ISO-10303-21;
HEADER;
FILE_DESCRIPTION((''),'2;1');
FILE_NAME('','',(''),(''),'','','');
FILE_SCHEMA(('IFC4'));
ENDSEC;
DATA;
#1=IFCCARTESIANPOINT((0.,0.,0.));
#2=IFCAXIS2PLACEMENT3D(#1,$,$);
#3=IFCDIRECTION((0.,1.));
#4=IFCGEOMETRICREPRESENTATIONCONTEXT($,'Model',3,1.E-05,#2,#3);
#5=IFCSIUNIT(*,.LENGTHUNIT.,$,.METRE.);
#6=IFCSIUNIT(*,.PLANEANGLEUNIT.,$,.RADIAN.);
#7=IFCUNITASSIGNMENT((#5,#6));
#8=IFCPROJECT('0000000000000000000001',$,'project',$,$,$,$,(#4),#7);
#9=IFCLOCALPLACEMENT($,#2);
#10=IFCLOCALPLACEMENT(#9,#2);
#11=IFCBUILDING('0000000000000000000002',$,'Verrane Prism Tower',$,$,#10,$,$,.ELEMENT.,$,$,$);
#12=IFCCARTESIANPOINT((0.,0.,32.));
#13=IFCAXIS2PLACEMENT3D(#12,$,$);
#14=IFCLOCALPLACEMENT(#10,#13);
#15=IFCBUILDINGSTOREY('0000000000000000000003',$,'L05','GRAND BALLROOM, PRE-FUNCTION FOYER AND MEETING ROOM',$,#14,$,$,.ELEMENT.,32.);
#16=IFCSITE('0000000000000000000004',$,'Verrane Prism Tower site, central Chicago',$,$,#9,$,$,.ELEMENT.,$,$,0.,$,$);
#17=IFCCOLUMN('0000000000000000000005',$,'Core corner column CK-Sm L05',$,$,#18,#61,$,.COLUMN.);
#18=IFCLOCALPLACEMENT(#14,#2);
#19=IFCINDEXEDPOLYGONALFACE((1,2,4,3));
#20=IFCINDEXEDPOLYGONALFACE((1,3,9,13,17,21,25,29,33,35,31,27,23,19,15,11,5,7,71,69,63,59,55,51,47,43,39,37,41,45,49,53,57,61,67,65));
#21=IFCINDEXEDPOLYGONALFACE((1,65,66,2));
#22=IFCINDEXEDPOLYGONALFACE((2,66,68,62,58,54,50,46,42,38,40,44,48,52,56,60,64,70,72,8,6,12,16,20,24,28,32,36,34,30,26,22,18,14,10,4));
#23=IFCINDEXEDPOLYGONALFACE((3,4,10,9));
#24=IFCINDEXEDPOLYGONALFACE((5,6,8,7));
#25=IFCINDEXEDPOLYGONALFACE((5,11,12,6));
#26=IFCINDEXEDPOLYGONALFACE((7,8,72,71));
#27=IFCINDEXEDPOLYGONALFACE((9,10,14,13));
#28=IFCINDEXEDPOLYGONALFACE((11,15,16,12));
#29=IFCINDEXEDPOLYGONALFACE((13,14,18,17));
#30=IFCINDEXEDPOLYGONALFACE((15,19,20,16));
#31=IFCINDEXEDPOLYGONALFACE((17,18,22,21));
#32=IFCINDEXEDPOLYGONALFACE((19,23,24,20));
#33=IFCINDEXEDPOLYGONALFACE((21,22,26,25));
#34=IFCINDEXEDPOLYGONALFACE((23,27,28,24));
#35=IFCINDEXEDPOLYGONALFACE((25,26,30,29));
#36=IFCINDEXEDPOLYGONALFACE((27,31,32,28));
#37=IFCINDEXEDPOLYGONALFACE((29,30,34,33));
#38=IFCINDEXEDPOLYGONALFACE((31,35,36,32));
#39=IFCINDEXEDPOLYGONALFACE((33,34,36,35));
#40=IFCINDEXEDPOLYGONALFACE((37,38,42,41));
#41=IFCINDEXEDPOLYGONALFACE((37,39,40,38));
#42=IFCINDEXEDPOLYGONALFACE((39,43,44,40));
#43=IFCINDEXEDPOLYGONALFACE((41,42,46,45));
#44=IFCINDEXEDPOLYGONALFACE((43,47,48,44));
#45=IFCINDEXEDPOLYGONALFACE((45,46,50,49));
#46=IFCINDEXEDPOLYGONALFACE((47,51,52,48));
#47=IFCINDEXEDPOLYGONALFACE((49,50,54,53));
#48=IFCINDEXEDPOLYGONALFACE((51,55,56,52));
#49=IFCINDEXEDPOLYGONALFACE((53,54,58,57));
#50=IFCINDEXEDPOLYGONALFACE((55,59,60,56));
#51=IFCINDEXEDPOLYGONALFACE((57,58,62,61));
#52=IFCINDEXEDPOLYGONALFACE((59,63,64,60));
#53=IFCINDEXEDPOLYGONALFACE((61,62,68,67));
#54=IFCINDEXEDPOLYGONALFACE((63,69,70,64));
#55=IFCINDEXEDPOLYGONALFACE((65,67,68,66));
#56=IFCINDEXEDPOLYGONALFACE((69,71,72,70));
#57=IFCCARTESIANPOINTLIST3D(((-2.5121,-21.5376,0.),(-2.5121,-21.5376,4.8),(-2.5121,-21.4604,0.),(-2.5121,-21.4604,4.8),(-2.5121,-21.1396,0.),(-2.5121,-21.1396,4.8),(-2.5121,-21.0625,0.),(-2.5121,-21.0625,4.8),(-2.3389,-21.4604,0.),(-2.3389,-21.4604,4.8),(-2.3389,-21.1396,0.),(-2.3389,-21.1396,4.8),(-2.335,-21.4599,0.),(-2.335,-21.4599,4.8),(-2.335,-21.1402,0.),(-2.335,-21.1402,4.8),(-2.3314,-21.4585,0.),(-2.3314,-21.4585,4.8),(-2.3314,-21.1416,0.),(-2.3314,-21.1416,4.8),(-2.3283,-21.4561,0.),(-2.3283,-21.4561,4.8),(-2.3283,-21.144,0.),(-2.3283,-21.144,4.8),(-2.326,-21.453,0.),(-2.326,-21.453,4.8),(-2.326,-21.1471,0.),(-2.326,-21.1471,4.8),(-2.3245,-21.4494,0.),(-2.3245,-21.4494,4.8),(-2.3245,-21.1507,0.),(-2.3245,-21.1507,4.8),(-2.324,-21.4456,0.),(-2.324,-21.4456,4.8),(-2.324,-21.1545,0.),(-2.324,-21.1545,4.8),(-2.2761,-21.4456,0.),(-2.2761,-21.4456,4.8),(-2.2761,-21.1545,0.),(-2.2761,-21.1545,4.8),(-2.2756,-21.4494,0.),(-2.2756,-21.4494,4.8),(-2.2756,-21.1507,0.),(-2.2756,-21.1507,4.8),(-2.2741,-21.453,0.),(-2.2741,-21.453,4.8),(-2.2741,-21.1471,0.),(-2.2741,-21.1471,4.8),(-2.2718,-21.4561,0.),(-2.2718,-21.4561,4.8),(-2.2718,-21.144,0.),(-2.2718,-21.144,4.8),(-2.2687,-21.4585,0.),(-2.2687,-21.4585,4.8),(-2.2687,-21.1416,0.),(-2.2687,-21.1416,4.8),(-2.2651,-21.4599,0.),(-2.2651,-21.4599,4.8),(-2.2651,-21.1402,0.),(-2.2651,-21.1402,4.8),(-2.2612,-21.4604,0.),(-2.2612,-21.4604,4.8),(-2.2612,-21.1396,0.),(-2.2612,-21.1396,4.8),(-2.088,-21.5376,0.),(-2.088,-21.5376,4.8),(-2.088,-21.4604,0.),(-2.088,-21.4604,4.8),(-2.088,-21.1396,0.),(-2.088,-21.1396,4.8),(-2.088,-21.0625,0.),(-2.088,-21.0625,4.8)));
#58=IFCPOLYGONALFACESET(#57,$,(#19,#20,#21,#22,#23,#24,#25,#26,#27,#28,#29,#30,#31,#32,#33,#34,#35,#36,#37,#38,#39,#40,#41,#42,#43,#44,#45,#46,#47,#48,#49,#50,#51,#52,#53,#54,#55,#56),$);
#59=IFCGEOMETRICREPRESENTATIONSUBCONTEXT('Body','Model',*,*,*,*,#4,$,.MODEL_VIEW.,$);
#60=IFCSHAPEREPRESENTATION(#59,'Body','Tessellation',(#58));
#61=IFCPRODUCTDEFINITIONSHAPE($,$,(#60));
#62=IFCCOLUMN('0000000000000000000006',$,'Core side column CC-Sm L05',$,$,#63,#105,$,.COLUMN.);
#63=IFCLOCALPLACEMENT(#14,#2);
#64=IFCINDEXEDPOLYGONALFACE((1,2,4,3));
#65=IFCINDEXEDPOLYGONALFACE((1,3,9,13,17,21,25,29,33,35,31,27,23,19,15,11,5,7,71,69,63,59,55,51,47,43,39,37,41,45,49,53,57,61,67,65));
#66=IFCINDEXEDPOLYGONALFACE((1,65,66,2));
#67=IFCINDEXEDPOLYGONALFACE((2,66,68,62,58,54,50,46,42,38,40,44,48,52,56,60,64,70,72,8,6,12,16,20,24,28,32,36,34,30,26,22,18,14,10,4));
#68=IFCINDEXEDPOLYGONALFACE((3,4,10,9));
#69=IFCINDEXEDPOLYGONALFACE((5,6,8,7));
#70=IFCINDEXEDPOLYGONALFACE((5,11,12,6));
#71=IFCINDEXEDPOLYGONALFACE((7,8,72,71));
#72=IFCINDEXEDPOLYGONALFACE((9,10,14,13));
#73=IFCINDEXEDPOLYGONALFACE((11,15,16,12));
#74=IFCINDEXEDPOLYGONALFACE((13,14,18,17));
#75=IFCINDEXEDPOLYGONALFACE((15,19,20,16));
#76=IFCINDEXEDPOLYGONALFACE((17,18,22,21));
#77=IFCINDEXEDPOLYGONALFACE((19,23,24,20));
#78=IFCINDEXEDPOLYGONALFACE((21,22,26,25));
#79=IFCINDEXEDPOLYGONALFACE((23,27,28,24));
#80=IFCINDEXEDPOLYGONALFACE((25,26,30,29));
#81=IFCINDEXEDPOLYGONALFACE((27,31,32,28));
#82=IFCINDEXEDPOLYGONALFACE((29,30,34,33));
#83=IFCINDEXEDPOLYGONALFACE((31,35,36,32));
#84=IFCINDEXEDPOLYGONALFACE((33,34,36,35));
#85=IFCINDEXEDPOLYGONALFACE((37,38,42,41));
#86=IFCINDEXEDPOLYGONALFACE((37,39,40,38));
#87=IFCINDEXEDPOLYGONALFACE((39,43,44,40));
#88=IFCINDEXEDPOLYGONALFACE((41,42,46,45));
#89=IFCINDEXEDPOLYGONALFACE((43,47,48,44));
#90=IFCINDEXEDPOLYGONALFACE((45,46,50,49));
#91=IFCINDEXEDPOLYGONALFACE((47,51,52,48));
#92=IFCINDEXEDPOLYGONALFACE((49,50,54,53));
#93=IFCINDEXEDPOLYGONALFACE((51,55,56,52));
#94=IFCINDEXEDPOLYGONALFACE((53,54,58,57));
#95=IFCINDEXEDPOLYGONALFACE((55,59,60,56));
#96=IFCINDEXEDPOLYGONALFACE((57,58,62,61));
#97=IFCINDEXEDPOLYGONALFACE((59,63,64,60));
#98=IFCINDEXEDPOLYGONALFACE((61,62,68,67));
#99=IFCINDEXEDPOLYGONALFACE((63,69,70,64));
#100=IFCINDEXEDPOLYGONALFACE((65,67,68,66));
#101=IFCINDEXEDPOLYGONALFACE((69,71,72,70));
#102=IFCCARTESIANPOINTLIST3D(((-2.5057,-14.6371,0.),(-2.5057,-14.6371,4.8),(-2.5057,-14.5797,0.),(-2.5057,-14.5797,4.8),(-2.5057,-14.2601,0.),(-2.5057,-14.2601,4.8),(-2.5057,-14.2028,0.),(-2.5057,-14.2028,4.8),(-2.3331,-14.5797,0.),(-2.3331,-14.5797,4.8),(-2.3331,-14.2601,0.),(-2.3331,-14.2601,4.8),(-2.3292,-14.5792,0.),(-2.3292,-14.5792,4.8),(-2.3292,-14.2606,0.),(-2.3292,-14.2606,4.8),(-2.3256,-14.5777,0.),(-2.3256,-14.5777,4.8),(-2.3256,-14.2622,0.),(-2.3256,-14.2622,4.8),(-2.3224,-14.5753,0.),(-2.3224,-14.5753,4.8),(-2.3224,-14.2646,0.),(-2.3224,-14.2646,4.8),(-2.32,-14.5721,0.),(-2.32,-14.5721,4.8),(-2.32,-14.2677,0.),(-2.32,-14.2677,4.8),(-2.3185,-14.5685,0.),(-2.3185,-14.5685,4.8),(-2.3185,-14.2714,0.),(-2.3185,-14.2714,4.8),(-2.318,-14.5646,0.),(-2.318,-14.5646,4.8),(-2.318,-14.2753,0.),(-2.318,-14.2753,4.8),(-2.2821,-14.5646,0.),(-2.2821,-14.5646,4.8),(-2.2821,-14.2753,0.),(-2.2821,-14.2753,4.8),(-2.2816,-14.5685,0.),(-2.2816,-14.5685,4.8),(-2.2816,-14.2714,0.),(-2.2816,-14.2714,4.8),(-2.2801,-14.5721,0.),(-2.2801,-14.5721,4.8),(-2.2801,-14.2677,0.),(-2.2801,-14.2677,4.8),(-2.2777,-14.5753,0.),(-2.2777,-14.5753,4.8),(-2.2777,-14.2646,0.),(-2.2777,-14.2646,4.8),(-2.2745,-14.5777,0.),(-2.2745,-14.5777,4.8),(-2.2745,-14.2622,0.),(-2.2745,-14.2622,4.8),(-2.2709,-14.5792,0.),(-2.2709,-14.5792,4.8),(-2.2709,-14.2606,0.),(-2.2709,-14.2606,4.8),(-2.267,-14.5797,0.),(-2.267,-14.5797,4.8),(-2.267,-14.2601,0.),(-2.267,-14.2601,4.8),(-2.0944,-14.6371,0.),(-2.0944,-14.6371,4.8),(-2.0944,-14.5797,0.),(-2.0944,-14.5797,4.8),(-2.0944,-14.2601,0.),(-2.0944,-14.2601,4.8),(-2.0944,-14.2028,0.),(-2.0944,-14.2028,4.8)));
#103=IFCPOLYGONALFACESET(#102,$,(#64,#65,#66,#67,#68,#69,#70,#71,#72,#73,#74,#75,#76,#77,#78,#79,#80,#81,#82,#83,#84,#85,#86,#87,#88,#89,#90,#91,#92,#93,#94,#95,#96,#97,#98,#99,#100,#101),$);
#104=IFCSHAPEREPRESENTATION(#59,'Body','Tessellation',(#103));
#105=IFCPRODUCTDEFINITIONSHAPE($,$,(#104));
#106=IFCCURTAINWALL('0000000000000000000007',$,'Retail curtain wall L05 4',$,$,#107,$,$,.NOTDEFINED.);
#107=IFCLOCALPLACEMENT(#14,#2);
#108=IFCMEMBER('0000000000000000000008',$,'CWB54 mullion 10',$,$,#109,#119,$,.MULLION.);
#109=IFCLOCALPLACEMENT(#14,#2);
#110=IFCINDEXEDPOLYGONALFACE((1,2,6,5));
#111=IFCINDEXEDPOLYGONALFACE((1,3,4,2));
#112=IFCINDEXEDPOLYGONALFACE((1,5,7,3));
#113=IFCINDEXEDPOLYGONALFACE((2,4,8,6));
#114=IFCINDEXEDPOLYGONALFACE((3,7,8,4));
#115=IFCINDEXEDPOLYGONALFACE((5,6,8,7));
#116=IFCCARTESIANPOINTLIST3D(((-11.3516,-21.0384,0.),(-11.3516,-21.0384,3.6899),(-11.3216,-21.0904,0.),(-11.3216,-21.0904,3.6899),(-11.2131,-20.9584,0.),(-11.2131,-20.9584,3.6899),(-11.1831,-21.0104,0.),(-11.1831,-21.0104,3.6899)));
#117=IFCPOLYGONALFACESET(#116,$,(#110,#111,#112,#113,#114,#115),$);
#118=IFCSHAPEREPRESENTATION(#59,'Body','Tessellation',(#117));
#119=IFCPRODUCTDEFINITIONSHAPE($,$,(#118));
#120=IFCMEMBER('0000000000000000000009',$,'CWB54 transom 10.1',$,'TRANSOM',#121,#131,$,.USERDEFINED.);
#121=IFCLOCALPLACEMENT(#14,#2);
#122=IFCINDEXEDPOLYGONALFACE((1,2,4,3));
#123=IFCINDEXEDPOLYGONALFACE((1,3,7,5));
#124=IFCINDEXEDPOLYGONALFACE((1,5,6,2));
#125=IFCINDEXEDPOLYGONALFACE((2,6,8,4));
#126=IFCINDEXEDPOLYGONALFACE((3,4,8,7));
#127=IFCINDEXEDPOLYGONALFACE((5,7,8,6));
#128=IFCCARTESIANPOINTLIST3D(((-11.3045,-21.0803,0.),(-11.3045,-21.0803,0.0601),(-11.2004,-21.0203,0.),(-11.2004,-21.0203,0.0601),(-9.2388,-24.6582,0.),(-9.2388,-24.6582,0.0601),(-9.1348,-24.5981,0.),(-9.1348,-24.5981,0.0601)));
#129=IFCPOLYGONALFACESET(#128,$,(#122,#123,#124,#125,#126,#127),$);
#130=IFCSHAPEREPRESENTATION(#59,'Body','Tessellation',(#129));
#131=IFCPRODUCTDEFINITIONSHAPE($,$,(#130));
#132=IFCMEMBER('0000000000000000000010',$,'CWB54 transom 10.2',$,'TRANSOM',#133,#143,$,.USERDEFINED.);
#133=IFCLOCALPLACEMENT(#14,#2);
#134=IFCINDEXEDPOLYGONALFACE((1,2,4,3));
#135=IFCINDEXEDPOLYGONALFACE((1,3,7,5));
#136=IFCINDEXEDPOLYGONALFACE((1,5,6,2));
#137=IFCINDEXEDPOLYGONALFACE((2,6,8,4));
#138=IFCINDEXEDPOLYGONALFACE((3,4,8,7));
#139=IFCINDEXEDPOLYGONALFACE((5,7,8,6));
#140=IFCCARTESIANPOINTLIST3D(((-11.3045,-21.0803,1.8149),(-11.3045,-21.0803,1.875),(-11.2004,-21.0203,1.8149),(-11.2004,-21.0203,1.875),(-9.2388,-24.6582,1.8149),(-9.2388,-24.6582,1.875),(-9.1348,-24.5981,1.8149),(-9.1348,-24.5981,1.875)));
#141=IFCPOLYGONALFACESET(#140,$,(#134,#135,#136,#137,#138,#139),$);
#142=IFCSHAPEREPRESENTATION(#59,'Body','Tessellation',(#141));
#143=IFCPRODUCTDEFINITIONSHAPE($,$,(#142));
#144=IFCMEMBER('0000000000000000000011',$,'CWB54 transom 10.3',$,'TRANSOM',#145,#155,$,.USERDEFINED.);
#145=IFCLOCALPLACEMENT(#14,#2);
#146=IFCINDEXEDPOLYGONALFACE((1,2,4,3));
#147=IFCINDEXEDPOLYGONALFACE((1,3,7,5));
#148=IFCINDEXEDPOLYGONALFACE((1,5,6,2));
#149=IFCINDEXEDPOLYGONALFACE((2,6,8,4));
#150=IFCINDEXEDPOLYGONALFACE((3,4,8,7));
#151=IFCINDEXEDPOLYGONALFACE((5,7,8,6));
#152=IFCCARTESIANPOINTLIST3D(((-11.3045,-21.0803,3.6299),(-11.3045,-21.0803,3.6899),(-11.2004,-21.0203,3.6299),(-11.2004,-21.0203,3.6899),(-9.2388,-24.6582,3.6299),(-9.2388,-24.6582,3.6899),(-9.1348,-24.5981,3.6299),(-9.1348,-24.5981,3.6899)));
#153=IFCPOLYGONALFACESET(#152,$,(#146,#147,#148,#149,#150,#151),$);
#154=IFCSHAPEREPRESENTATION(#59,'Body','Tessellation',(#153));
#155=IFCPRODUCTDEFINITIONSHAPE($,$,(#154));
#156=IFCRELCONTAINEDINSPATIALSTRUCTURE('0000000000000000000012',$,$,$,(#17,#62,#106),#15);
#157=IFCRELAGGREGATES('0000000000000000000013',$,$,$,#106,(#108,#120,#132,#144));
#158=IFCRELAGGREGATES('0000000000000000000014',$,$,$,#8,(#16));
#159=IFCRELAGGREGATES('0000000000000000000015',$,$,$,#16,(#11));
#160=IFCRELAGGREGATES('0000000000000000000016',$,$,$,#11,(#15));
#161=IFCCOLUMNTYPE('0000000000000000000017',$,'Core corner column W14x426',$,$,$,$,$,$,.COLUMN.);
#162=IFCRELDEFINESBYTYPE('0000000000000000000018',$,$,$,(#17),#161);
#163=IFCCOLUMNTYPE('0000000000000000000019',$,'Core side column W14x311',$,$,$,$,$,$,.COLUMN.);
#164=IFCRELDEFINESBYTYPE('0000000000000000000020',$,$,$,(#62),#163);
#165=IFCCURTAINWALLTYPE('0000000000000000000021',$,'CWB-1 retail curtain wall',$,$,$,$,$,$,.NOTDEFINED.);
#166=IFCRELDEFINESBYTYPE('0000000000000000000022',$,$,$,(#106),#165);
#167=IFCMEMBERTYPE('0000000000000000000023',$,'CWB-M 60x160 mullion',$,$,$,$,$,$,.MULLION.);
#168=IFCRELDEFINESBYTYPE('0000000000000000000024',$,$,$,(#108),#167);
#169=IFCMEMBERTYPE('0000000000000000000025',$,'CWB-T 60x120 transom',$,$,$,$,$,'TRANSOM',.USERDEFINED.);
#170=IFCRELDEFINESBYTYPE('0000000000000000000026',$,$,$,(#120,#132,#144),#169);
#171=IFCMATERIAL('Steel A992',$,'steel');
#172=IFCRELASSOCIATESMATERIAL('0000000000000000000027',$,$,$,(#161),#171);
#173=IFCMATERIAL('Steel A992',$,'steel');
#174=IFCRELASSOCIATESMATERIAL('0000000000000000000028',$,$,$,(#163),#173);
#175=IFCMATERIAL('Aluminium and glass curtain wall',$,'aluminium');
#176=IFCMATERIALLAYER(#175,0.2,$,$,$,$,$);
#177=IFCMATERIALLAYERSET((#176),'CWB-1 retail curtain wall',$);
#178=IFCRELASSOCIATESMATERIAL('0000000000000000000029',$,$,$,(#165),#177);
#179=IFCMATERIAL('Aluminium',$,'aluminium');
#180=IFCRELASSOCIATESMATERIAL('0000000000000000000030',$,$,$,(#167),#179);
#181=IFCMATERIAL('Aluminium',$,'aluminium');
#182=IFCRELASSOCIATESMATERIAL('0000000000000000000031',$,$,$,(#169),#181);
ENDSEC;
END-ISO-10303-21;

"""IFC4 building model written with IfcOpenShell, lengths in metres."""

from ifc_helpers import new_model, si_unit, direction, frame, origin, origin_2d, place, context, subcontext, project, spatial, rectangle, i_section, extrude, material, layer, layer_set, material_profile, profile_set, type_object, element, aggregate, save


model = new_model("IFC4")

# Units and contexts
model_context = context("Model", 3, precision=1e-05, world=origin(), true_north=direction((0.0, 1.0)))
body_context = subcontext(model_context, "Body", "Model", "MODEL_VIEW")
ifc_project = project(units=[si_unit("LENGTHUNIT", "METRE"), si_unit("PLANEANGLEUNIT", "RADIAN")], contexts=[model_context])

# Site, building, storey
site_placement = place(None, origin())
site = spatial("IfcSite", under=ifc_project, at=site_placement, Name="Verrane Prism Tower site, central Chicago", CompositionType="ELEMENT", RefElevation=0.0)
building_placement = place(site_placement, origin())
building = spatial("IfcBuilding", under=site, at=building_placement, Name="Verrane Prism Tower", CompositionType="ELEMENT")
storey_placement = place(building_placement, frame((0.0, 0.0, 32.0)))
storey = spatial("IfcBuildingStorey", under=building, at=storey_placement, Name="L05", Description="GRAND BALLROOM, PRE-FUNCTION FOYER AND MEETING ROOM", CompositionType="ELEMENT", Elevation=32.0)

# Columns
ifc_material_1 = material(Name="Steel A992", Category="steel")
ifc_material_profile_1 = material_profile(ifc_material_1, i_section(OverallWidth=0.4241, OverallDepth=0.4751, WebThickness=0.0479, FlangeThickness=0.0771, FilletRadius=0.0149, at=origin_2d()), Name="W14x426")
ifc_profile_set_1 = profile_set([ifc_material_profile_1], Name="Steel A992")
column_type_1 = type_object("IfcColumnType", Name="Core corner column W14x426", PredefinedType="COLUMN", material=ifc_profile_set_1)
column_1_placement = place(storey_placement, frame((-2.3, -21.3, 0.0), z_axis=(0.0, 0.0, 1.0), x_axis=(-1.0, 0.0, 0.0)))
element("IfcColumn", 1, at=column_1_placement, inside=storey, type_object=column_type_1, Name="Core corner column CK-Sm L05", PredefinedType="COLUMN", context=body_context, shape_type="SweptSolid", body=[
    extrude(i_section(OverallWidth=0.4241, OverallDepth=0.4751, WebThickness=0.0479, FlangeThickness=0.0771, FilletRadius=0.0149, at=origin_2d()), origin(), (0.0, 0.0, 1.0), 4.8),
])
ifc_material_2 = material(Name="Steel A992", Category="steel")
ifc_material_profile_2 = material_profile(ifc_material_2, i_section(OverallWidth=0.4114, OverallDepth=0.4343, WebThickness=0.0359, FlangeThickness=0.0574, FilletRadius=0.0151, at=origin_2d()), Name="W14x311")
ifc_profile_set_2 = profile_set([ifc_material_profile_2], Name="Steel A992")
column_type_2 = type_object("IfcColumnType", Name="Core side column W14x311", PredefinedType="COLUMN", material=ifc_profile_set_2)
column_2_placement = place(storey_placement, frame((-2.3, -14.4199, 0.0), z_axis=(0.0, 0.0, 1.0), x_axis=(1.0, 0.0, 0.0)))
element("IfcColumn", 2, at=column_2_placement, inside=storey, type_object=column_type_2, Name="Core side column CC-Sm L05", PredefinedType="COLUMN", context=body_context, shape_type="SweptSolid", body=[
    extrude(i_section(OverallWidth=0.4114, OverallDepth=0.4343, WebThickness=0.0359, FlangeThickness=0.0574, FilletRadius=0.0151, at=origin_2d()), origin(), (0.0, 0.0, 1.0), 4.8),
])

# Curtain wall, members
ifc_material_3 = material(Name="Aluminium and glass curtain wall", Category="aluminium")
ifc_layer_1 = layer(ifc_material_3, 0.2)
ifc_layer_set_1 = layer_set([ifc_layer_1], Name="CWB-1 retail curtain wall")
curtain_wall_type = type_object("IfcCurtainWallType", Name="CWB-1 retail curtain wall", PredefinedType="NOTDEFINED", material=ifc_layer_set_1)
curtain_wall_placement = place(storey_placement, origin())
curtain_wall = element("IfcCurtainWall", 3, at=curtain_wall_placement, inside=storey, type_object=curtain_wall_type, Name="Retail curtain wall L05 4", PredefinedType="NOTDEFINED")
ifc_material_4 = material(Name="Aluminium", Category="aluminium")
ifc_material_profile_3 = material_profile(ifc_material_4, rectangle(XDim=0.1599, YDim=0.0601, at=origin_2d()), Name="CWB-M 60x160 mullion")
ifc_profile_set_3 = profile_set([ifc_material_profile_3], Name="Aluminium")
member_type_1 = type_object("IfcMemberType", Name="CWB-M 60x160 mullion", PredefinedType="MULLION", material=ifc_profile_set_3)
member_1_placement = place(storey_placement, frame((-11.2673, -21.0244, 0.0), z_axis=(0.0, 0.0, 1.0), x_axis=(0.866025, 0.5, 0.0)))
member_1 = element("IfcMember", 4, at=member_1_placement, type_object=member_type_1, Name="CWB54 mullion 10", PredefinedType="MULLION", context=body_context, shape_type="SweptSolid", body=[
    extrude(rectangle(XDim=0.1599, YDim=0.0601, at=origin_2d()), origin(), (0.0, 0.0, 1.0), 3.6899),
])
ifc_material_5 = material(Name="Aluminium", Category="aluminium")
ifc_material_profile_4 = material_profile(ifc_material_5, rectangle(XDim=0.1201, YDim=0.0601, at=origin_2d()), Name="CWB-T 60x120 transom")
ifc_profile_set_4 = profile_set([ifc_material_profile_4], Name="Aluminium")
member_type_2 = type_object("IfcMemberType", Name="CWB-T 60x120 transom", ElementType="TRANSOM", PredefinedType="USERDEFINED", material=ifc_profile_set_4)
member_2_placement = place(storey_placement, frame((-11.2524, -21.0503, 0.03), z_axis=(0.499997, -0.866027, 0.0), x_axis=(0.866027, 0.499997, 0.0)))
member_2 = element("IfcMember", 5, at=member_2_placement, type_object=member_type_2, Name="CWB54 transom 10.1", ObjectType="TRANSOM", PredefinedType="USERDEFINED", context=body_context, shape_type="SweptSolid", body=[
    extrude(rectangle(XDim=0.1201, YDim=0.0601, at=origin_2d()), origin(), (0.0, 0.0, 1.0), 4.1313),
])
member_3_placement = place(storey_placement, frame((-11.2524, -21.0503, 1.845), z_axis=(0.499997, -0.866027, 0.0), x_axis=(0.866027, 0.499997, 0.0)))
member_3 = element("IfcMember", 6, at=member_3_placement, type_object=member_type_2, Name="CWB54 transom 10.2", ObjectType="TRANSOM", PredefinedType="USERDEFINED", context=body_context, shape_type="SweptSolid", body=[
    extrude(rectangle(XDim=0.1201, YDim=0.0601, at=origin_2d()), origin(), (0.0, 0.0, 1.0), 4.1313),
])
member_4_placement = place(storey_placement, frame((-11.2524, -21.0503, 3.6599), z_axis=(0.499997, -0.866027, 0.0), x_axis=(0.866027, 0.499997, 0.0)))
member_4 = element("IfcMember", 7, at=member_4_placement, type_object=member_type_2, Name="CWB54 transom 10.3", ObjectType="TRANSOM", PredefinedType="USERDEFINED", context=body_context, shape_type="SweptSolid", body=[
    extrude(rectangle(XDim=0.1201, YDim=0.0601, at=origin_2d()), origin(), (0.0, 0.0, 1.0), 4.1313),
])
aggregate(curtain_wall, [member_1, member_2, member_3, member_4])

save(model, "model.ifc")
